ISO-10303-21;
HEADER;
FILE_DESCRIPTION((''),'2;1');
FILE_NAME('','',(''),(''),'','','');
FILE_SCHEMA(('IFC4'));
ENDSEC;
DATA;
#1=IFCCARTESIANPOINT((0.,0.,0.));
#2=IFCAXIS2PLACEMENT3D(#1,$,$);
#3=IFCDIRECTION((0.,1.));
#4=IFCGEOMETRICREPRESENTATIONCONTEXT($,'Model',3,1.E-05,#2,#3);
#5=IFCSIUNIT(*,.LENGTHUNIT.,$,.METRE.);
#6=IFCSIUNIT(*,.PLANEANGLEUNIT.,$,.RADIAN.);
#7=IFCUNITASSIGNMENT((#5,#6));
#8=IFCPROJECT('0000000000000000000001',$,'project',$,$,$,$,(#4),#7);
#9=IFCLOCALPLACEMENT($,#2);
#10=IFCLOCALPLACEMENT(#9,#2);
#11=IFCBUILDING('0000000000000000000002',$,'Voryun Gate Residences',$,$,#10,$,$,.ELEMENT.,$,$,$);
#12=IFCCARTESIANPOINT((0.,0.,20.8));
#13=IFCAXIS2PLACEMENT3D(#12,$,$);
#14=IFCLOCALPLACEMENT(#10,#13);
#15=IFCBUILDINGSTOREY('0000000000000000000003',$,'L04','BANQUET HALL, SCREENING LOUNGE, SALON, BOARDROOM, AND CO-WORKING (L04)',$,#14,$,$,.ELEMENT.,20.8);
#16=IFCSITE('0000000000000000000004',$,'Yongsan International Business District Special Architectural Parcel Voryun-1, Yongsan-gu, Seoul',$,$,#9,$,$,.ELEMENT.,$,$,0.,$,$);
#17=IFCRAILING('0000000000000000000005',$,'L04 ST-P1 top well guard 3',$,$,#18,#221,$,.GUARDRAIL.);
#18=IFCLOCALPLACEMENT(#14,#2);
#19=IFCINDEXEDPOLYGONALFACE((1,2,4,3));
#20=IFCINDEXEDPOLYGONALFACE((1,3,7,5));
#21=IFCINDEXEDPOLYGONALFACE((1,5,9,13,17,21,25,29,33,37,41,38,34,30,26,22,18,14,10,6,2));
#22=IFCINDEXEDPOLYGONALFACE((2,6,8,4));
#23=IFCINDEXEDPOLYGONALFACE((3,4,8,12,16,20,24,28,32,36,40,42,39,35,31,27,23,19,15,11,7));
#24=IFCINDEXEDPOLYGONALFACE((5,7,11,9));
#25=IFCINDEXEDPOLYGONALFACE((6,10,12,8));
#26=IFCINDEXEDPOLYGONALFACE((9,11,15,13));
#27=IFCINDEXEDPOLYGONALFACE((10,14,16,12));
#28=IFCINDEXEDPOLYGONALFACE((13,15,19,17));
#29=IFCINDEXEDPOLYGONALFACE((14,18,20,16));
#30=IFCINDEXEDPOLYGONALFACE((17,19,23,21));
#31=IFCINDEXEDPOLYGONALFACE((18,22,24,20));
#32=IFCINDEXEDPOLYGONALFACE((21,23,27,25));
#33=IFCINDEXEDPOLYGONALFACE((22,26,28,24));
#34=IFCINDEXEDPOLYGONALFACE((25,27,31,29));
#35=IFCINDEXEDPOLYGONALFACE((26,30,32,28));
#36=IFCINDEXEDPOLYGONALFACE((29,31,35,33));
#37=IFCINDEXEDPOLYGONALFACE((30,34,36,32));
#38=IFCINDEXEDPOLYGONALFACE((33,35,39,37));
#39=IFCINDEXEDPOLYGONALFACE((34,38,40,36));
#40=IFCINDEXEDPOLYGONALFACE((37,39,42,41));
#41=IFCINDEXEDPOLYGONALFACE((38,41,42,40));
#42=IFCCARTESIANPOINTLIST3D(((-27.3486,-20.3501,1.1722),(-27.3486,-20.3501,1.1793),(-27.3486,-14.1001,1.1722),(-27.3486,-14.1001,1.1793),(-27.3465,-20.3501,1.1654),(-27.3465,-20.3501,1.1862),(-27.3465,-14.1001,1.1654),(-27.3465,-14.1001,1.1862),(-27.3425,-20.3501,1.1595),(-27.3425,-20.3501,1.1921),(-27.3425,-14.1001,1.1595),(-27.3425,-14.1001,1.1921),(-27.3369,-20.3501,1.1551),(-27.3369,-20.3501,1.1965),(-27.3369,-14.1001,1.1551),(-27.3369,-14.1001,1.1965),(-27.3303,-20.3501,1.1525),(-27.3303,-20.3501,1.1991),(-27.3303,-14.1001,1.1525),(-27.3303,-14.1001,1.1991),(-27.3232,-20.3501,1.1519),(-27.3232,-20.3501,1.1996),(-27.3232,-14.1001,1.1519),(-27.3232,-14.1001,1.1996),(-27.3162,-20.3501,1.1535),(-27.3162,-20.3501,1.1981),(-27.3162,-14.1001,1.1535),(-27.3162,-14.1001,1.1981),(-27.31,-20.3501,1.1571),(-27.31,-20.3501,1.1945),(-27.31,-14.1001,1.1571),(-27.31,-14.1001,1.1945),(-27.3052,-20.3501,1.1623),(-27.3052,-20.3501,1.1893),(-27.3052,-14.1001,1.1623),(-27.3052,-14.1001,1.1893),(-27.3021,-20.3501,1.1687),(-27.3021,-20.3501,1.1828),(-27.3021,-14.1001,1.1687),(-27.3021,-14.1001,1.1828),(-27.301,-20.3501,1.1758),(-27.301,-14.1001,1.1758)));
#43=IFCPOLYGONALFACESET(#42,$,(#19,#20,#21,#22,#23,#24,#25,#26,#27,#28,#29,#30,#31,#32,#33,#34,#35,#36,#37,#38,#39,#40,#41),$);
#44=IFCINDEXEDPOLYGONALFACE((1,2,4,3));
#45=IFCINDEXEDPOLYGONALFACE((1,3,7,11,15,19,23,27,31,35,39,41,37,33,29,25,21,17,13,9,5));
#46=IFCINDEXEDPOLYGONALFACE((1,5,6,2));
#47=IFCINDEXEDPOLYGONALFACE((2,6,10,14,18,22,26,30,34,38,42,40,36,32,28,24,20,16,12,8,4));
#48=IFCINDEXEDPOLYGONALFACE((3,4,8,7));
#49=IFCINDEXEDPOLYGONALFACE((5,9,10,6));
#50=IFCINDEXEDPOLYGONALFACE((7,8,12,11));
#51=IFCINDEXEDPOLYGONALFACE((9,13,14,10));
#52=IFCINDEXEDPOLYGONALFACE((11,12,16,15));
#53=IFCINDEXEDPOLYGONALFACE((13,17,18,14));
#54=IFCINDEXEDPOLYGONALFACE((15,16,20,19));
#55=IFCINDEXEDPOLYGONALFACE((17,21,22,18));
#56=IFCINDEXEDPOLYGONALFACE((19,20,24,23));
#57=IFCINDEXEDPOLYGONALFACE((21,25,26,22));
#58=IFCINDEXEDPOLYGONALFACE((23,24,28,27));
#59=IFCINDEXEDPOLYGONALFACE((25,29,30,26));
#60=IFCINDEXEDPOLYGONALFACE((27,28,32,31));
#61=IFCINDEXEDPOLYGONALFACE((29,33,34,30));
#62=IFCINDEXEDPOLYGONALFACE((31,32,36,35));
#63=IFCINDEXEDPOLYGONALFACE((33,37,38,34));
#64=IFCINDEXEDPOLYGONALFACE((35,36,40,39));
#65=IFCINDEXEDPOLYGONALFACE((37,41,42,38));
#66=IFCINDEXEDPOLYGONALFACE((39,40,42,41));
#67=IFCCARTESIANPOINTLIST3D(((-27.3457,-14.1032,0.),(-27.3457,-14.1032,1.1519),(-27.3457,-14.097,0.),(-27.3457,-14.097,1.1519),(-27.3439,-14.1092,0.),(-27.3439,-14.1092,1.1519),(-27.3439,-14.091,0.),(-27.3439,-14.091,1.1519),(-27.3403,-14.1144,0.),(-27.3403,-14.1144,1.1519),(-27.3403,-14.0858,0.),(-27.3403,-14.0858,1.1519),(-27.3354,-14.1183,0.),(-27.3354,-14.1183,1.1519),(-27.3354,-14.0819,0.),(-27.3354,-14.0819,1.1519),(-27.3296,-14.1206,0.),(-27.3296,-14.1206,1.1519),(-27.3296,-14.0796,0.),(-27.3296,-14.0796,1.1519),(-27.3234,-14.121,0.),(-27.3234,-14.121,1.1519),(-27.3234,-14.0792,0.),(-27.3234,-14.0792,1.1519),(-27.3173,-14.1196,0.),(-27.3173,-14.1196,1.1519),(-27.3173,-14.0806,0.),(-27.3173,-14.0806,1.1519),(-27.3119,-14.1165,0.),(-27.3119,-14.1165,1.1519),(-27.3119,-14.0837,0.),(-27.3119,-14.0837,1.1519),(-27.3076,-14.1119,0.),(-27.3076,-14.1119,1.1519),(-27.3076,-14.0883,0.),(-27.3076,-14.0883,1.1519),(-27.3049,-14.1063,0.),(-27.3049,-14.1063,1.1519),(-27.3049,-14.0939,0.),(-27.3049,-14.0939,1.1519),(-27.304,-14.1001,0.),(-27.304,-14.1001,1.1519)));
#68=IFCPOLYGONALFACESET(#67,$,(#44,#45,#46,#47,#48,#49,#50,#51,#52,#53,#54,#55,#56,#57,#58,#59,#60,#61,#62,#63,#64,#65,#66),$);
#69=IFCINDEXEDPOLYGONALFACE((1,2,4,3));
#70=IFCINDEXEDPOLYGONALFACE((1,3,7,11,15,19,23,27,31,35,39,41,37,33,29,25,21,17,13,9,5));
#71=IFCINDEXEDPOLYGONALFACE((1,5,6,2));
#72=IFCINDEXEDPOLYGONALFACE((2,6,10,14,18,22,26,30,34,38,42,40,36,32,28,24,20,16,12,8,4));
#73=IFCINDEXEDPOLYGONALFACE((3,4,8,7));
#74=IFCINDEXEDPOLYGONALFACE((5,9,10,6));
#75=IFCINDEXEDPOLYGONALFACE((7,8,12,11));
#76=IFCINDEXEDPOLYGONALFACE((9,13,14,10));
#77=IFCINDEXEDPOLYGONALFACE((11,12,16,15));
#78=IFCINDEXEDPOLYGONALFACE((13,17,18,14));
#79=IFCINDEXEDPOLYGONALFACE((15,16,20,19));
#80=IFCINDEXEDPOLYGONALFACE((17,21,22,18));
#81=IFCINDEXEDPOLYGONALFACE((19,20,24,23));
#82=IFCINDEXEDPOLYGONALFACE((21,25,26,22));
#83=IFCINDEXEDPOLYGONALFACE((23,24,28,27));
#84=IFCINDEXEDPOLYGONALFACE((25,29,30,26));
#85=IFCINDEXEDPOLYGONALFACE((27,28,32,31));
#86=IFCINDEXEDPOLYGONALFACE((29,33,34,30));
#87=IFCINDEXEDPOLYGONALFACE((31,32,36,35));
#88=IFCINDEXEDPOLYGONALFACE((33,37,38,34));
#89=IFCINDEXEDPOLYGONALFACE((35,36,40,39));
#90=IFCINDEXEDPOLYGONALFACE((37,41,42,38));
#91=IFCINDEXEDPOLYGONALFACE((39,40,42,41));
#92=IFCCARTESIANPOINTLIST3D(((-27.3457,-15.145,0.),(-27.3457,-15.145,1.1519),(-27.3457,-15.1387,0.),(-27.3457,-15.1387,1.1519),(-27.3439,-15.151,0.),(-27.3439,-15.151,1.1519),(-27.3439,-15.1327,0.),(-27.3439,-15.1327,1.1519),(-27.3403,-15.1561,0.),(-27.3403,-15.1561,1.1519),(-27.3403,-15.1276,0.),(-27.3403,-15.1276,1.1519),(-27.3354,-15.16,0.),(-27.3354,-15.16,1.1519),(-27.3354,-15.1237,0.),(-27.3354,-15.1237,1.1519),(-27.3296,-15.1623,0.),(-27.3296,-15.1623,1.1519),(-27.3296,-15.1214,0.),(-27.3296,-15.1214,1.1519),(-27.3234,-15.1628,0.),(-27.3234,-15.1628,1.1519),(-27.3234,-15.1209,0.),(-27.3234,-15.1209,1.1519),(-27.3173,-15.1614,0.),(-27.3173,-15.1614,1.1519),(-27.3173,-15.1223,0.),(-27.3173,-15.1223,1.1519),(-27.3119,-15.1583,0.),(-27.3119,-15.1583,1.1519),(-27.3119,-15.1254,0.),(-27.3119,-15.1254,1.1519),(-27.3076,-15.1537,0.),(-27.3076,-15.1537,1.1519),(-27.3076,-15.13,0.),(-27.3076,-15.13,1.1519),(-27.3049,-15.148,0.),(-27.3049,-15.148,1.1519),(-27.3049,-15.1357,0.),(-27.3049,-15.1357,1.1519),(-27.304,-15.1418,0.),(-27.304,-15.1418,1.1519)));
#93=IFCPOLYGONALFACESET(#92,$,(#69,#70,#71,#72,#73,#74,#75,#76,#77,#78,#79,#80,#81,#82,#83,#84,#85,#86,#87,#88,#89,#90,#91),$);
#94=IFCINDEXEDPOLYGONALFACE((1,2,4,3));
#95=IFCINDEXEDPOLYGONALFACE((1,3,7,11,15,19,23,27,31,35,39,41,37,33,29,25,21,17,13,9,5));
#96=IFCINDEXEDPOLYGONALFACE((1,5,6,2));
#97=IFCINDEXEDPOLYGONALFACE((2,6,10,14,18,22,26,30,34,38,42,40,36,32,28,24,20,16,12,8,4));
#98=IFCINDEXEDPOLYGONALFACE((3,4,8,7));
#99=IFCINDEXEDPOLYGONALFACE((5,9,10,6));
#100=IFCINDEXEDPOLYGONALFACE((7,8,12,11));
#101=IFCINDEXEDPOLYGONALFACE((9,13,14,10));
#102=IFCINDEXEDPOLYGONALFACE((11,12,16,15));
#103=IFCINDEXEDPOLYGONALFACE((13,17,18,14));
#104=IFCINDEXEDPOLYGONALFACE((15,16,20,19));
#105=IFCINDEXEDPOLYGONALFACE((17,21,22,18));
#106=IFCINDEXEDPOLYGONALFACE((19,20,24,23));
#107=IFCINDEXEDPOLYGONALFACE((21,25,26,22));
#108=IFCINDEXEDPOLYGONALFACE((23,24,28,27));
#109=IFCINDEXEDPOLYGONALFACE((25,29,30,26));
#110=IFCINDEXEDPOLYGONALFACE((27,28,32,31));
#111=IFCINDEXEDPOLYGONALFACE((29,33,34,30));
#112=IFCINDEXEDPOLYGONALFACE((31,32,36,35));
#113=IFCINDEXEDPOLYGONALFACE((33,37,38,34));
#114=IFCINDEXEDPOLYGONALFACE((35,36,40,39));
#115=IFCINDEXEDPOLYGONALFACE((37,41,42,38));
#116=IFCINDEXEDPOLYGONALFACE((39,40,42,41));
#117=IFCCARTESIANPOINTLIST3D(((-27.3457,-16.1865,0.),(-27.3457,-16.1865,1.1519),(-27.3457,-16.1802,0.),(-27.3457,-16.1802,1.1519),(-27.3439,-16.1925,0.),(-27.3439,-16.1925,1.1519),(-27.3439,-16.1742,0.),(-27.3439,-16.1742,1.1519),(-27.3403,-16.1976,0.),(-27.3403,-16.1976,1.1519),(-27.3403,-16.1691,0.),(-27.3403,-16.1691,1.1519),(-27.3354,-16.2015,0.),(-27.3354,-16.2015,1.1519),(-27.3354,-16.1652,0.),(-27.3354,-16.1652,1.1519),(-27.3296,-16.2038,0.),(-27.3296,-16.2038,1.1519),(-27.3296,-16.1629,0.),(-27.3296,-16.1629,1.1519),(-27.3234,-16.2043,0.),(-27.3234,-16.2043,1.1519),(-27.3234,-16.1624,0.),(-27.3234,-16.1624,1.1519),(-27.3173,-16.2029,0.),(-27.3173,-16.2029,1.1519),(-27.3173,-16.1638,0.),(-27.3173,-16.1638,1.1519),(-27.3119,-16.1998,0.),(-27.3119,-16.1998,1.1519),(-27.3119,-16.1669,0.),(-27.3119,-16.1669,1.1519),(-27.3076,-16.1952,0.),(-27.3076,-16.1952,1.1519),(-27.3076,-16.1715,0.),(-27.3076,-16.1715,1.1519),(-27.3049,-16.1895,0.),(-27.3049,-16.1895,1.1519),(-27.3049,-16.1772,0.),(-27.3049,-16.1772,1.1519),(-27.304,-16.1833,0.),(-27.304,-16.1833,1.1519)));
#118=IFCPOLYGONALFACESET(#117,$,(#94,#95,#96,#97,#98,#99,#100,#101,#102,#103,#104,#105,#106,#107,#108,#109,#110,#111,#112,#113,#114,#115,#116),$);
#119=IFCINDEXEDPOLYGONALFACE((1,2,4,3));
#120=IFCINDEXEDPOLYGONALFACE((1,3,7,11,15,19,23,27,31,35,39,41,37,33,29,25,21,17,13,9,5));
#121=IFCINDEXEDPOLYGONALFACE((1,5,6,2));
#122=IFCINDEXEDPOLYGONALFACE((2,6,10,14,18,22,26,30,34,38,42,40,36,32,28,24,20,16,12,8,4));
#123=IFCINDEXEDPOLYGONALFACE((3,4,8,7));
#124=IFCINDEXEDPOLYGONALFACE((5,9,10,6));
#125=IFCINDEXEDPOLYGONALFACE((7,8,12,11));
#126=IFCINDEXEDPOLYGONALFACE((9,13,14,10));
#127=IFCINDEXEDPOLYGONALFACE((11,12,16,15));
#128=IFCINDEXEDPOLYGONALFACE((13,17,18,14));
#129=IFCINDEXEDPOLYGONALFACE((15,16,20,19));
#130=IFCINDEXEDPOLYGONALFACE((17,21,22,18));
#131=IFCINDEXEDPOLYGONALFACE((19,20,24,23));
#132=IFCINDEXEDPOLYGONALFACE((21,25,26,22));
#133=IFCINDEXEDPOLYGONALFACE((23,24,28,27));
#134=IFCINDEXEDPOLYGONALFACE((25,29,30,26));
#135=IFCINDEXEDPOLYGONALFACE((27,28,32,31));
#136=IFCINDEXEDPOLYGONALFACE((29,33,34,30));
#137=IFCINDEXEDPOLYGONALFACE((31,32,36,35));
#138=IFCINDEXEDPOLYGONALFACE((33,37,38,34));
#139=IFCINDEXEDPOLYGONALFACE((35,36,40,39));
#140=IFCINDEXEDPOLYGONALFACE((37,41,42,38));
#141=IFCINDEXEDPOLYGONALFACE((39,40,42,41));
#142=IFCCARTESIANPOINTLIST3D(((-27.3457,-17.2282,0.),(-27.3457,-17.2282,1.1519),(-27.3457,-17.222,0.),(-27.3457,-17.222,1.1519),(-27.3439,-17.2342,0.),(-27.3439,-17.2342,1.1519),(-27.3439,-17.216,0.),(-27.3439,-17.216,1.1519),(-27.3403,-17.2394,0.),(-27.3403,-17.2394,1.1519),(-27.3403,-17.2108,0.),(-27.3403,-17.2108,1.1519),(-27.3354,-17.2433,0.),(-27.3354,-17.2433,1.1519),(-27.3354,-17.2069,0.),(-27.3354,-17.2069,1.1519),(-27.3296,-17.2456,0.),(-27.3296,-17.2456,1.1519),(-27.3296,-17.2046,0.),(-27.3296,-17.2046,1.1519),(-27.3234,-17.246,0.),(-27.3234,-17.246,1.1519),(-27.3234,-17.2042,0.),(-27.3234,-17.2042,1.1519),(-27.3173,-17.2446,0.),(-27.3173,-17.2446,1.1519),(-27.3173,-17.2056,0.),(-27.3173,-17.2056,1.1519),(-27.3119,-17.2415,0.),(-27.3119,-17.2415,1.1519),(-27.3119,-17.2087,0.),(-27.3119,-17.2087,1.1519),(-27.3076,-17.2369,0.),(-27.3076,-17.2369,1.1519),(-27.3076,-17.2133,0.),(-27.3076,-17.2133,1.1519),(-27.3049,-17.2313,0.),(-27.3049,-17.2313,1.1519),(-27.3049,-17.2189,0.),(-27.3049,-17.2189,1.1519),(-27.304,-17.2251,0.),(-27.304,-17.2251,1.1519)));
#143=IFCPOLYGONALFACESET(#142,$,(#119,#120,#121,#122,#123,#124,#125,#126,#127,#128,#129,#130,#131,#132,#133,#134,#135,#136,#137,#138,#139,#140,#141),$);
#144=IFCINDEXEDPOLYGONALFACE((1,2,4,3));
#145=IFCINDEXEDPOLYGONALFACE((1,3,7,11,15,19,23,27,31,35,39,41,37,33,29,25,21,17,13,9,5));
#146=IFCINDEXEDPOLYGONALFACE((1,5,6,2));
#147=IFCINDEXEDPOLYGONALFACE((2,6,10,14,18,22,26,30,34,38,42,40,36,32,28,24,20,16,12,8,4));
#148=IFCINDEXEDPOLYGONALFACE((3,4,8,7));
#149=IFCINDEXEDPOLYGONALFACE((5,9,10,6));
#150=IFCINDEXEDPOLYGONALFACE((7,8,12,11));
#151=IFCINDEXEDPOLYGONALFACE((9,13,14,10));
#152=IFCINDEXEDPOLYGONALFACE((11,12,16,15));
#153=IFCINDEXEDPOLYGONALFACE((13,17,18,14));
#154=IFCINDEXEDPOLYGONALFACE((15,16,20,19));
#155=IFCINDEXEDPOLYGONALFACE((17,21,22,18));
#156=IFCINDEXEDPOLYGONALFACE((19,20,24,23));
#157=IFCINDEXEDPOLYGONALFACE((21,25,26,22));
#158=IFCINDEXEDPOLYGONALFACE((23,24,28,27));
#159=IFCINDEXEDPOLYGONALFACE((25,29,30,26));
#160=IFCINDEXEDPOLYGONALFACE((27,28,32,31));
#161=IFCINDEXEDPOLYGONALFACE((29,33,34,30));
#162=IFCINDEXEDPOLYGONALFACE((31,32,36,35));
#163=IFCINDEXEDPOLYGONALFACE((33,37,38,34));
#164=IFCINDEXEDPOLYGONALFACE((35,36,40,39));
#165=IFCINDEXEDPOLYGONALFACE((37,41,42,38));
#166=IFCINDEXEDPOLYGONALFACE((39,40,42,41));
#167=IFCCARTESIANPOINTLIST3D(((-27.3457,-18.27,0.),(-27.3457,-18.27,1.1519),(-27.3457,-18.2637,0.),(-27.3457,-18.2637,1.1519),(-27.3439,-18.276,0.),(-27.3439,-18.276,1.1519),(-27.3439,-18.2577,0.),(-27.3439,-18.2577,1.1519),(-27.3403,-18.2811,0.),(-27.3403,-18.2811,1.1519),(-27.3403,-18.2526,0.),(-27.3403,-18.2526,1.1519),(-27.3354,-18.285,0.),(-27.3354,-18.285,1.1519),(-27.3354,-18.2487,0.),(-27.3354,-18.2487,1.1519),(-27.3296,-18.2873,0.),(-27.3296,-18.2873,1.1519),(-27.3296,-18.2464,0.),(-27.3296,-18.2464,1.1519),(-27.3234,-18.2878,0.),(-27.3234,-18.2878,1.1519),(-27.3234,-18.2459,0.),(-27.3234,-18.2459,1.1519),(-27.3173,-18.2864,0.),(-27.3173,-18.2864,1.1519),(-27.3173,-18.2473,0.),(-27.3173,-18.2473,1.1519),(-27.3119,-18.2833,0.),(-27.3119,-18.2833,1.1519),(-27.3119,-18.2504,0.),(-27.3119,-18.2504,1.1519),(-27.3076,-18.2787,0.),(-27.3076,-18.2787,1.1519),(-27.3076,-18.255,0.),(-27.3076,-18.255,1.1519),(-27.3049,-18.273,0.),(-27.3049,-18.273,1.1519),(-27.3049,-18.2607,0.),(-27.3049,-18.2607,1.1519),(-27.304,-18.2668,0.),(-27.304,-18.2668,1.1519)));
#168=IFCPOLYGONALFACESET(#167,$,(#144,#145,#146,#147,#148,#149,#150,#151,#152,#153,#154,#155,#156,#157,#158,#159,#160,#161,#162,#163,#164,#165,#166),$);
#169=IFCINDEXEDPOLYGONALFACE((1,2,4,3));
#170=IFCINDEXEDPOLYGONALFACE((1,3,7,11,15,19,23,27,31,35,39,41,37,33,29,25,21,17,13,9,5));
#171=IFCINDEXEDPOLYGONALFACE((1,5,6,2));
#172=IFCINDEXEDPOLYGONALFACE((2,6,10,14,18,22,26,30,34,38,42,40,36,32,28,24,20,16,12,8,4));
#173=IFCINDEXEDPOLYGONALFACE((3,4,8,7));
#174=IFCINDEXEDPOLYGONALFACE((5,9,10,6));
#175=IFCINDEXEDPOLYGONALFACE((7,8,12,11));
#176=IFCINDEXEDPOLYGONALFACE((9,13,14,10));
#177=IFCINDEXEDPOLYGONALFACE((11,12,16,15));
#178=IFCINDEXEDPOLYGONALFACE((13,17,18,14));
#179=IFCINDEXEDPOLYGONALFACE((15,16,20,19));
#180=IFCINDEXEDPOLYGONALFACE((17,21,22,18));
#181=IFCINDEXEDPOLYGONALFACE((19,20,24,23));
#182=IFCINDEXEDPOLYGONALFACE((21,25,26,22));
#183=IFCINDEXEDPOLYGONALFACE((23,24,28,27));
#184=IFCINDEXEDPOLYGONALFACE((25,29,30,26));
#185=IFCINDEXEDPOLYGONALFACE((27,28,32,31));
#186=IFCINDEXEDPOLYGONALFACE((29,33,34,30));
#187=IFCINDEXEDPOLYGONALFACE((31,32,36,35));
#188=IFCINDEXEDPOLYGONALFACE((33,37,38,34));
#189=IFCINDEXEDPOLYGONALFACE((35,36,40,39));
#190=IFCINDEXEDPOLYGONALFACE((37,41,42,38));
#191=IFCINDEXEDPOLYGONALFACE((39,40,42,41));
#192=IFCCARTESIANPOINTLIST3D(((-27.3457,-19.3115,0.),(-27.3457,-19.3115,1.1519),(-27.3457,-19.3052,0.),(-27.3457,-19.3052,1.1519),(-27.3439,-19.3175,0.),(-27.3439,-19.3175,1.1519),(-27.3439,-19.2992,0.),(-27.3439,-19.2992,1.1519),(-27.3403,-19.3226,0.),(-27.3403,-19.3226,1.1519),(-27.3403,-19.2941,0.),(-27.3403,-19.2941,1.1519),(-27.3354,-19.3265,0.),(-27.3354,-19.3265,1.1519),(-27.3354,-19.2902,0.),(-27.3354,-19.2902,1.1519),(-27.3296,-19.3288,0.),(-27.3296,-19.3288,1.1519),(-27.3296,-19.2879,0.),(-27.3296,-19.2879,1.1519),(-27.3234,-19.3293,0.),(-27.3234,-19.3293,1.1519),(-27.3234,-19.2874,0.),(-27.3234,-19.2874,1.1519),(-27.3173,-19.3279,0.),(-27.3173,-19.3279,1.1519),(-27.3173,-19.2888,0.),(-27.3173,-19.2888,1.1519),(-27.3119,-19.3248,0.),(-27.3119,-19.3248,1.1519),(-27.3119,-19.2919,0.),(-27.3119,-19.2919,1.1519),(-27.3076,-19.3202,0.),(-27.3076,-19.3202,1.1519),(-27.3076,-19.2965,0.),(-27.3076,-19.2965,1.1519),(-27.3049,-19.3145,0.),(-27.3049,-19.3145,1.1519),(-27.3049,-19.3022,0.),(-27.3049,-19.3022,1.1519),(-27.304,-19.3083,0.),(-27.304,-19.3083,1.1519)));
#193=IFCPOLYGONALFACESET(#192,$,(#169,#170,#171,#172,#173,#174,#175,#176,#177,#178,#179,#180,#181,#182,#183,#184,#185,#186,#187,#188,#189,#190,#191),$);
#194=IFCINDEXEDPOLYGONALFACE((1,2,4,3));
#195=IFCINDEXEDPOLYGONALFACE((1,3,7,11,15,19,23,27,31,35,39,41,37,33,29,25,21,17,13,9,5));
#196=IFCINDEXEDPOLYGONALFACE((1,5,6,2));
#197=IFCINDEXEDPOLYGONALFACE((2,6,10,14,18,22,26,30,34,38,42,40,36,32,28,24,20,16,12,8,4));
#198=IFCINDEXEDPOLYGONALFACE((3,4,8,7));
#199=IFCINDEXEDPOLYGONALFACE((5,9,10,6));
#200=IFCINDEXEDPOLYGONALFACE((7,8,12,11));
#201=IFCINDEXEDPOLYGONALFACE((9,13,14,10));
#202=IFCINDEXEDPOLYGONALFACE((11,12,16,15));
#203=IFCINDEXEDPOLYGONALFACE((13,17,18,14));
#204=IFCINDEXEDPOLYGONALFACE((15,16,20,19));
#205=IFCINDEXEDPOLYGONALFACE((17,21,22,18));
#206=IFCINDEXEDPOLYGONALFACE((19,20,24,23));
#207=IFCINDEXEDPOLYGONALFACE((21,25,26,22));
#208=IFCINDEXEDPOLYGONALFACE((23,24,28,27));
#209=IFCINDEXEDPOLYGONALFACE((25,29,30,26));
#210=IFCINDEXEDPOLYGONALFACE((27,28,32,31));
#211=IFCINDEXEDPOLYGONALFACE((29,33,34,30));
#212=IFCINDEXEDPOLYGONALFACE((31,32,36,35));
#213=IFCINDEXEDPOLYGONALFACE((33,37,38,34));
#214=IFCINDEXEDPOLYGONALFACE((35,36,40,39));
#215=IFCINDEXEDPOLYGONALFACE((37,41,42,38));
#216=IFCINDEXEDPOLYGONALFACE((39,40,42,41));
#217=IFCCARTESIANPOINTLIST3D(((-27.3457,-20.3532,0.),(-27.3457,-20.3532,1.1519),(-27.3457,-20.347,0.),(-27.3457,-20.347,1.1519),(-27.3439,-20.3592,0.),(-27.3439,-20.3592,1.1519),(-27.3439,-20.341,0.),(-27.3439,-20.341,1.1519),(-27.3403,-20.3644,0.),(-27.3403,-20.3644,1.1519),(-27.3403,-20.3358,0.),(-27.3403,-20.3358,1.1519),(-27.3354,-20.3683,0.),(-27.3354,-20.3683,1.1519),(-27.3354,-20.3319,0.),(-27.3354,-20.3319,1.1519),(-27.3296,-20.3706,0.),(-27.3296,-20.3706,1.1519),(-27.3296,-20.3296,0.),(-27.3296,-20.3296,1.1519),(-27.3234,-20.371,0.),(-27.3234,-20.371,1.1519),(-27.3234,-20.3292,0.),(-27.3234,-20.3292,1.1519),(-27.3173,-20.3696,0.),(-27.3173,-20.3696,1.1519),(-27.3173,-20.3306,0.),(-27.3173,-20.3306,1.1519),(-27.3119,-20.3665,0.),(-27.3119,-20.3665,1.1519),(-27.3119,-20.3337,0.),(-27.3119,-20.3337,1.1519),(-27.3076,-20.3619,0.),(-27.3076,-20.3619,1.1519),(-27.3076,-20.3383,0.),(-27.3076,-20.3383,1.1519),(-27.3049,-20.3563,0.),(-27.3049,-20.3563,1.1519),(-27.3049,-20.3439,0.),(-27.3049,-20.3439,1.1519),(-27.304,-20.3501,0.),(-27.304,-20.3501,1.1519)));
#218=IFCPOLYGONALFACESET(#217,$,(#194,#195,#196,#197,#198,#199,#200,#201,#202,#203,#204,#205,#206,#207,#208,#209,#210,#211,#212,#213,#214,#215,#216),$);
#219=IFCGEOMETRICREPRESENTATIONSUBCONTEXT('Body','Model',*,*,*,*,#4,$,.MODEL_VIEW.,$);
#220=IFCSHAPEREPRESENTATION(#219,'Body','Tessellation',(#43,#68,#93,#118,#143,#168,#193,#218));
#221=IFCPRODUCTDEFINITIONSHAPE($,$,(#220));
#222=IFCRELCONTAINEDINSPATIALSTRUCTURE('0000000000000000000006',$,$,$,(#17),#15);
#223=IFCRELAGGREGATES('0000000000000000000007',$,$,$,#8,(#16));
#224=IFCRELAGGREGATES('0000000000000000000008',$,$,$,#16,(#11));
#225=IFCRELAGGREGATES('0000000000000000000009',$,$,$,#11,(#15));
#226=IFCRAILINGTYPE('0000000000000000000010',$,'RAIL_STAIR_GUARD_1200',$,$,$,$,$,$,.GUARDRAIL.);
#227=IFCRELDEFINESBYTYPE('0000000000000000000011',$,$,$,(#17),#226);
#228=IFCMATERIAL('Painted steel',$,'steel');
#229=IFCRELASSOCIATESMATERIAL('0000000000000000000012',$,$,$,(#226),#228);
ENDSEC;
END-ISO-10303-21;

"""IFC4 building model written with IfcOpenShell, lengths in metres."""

from ifc_helpers import new_model, si_unit, direction, frame, origin, origin_2d, place, context, subcontext, project, spatial, circle, extrude, material, type_object, element, save


model = new_model("IFC4")

# Units and contexts
model_context = context("Model", 3, precision=1e-05, world=origin(), true_north=direction((0.0, 1.0)))
body_context = subcontext(model_context, "Body", "Model", "MODEL_VIEW")
ifc_project = project(units=[si_unit("LENGTHUNIT", "METRE"), si_unit("PLANEANGLEUNIT", "RADIAN")], contexts=[model_context])

# Site, building, storey
site_placement = place(None, origin())
site = spatial("IfcSite", under=ifc_project, at=site_placement, Name="Yongsan International Business District Special Architectural Parcel Voryun-1, Yongsan-gu, Seoul", CompositionType="ELEMENT", RefElevation=0.0)
building_placement = place(site_placement, origin())
building = spatial("IfcBuilding", under=site, at=building_placement, Name="Voryun Gate Residences", CompositionType="ELEMENT")
storey_placement = place(building_placement, frame((0.0, 0.0, 20.8)))
storey = spatial("IfcBuildingStorey", under=building, at=storey_placement, Name="L04", Description="BANQUET HALL, SCREENING LOUNGE, SALON, BOARDROOM, AND CO-WORKING (L04)", CompositionType="ELEMENT", Elevation=20.8)

# Railing
ifc_material_1 = material(Name="Painted steel", Category="steel")
railing_type = type_object("IfcRailingType", Name="RAIL_STAIR_GUARD_1200", PredefinedType="GUARDRAIL", material=ifc_material_1)
railing_1_placement = place(storey_placement, frame((-27.325, -14.1001, 0.0)))
element("IfcRailing", 1, at=railing_1_placement, inside=storey, type_object=railing_type, Name="L04 ST-P1 top well guard 3", PredefinedType="GUARDRAIL", context=body_context, shape_type="SweptSolid", body=[
    extrude(circle(Radius=0.0239, at=origin_2d()), frame((0.0, 0.0, 1.1758), z_axis=(0.0, -1.0, 0.0), x_axis=(1.0, 0.0, 0.0)), (0.0, 0.0, 1.0), 6.25),
    extrude(circle(Radius=0.021, at=origin_2d()), origin(), (0.0, 0.0, 1.0), 1.1519),
    extrude(circle(Radius=0.021, at=origin_2d()), frame((0.0, -1.0417, 0.0)), (0.0, 0.0, 1.0), 1.1519),
    extrude(circle(Radius=0.021, at=origin_2d()), frame((0.0, -2.0833, 0.0)), (0.0, 0.0, 1.0), 1.1519),
    extrude(circle(Radius=0.021, at=origin_2d()), frame((0.0, -3.125, 0.0)), (0.0, 0.0, 1.0), 1.1519),
    extrude(circle(Radius=0.021, at=origin_2d()), frame((0.0, -4.1667, 0.0)), (0.0, 0.0, 1.0), 1.1519),
    extrude(circle(Radius=0.021, at=origin_2d()), frame((0.0, -5.2083, 0.0)), (0.0, 0.0, 1.0), 1.1519),
    extrude(circle(Radius=0.021, at=origin_2d()), frame((0.0, -6.25, 0.0)), (0.0, 0.0, 1.0), 1.1519),
])

save(model, "model.ifc")
